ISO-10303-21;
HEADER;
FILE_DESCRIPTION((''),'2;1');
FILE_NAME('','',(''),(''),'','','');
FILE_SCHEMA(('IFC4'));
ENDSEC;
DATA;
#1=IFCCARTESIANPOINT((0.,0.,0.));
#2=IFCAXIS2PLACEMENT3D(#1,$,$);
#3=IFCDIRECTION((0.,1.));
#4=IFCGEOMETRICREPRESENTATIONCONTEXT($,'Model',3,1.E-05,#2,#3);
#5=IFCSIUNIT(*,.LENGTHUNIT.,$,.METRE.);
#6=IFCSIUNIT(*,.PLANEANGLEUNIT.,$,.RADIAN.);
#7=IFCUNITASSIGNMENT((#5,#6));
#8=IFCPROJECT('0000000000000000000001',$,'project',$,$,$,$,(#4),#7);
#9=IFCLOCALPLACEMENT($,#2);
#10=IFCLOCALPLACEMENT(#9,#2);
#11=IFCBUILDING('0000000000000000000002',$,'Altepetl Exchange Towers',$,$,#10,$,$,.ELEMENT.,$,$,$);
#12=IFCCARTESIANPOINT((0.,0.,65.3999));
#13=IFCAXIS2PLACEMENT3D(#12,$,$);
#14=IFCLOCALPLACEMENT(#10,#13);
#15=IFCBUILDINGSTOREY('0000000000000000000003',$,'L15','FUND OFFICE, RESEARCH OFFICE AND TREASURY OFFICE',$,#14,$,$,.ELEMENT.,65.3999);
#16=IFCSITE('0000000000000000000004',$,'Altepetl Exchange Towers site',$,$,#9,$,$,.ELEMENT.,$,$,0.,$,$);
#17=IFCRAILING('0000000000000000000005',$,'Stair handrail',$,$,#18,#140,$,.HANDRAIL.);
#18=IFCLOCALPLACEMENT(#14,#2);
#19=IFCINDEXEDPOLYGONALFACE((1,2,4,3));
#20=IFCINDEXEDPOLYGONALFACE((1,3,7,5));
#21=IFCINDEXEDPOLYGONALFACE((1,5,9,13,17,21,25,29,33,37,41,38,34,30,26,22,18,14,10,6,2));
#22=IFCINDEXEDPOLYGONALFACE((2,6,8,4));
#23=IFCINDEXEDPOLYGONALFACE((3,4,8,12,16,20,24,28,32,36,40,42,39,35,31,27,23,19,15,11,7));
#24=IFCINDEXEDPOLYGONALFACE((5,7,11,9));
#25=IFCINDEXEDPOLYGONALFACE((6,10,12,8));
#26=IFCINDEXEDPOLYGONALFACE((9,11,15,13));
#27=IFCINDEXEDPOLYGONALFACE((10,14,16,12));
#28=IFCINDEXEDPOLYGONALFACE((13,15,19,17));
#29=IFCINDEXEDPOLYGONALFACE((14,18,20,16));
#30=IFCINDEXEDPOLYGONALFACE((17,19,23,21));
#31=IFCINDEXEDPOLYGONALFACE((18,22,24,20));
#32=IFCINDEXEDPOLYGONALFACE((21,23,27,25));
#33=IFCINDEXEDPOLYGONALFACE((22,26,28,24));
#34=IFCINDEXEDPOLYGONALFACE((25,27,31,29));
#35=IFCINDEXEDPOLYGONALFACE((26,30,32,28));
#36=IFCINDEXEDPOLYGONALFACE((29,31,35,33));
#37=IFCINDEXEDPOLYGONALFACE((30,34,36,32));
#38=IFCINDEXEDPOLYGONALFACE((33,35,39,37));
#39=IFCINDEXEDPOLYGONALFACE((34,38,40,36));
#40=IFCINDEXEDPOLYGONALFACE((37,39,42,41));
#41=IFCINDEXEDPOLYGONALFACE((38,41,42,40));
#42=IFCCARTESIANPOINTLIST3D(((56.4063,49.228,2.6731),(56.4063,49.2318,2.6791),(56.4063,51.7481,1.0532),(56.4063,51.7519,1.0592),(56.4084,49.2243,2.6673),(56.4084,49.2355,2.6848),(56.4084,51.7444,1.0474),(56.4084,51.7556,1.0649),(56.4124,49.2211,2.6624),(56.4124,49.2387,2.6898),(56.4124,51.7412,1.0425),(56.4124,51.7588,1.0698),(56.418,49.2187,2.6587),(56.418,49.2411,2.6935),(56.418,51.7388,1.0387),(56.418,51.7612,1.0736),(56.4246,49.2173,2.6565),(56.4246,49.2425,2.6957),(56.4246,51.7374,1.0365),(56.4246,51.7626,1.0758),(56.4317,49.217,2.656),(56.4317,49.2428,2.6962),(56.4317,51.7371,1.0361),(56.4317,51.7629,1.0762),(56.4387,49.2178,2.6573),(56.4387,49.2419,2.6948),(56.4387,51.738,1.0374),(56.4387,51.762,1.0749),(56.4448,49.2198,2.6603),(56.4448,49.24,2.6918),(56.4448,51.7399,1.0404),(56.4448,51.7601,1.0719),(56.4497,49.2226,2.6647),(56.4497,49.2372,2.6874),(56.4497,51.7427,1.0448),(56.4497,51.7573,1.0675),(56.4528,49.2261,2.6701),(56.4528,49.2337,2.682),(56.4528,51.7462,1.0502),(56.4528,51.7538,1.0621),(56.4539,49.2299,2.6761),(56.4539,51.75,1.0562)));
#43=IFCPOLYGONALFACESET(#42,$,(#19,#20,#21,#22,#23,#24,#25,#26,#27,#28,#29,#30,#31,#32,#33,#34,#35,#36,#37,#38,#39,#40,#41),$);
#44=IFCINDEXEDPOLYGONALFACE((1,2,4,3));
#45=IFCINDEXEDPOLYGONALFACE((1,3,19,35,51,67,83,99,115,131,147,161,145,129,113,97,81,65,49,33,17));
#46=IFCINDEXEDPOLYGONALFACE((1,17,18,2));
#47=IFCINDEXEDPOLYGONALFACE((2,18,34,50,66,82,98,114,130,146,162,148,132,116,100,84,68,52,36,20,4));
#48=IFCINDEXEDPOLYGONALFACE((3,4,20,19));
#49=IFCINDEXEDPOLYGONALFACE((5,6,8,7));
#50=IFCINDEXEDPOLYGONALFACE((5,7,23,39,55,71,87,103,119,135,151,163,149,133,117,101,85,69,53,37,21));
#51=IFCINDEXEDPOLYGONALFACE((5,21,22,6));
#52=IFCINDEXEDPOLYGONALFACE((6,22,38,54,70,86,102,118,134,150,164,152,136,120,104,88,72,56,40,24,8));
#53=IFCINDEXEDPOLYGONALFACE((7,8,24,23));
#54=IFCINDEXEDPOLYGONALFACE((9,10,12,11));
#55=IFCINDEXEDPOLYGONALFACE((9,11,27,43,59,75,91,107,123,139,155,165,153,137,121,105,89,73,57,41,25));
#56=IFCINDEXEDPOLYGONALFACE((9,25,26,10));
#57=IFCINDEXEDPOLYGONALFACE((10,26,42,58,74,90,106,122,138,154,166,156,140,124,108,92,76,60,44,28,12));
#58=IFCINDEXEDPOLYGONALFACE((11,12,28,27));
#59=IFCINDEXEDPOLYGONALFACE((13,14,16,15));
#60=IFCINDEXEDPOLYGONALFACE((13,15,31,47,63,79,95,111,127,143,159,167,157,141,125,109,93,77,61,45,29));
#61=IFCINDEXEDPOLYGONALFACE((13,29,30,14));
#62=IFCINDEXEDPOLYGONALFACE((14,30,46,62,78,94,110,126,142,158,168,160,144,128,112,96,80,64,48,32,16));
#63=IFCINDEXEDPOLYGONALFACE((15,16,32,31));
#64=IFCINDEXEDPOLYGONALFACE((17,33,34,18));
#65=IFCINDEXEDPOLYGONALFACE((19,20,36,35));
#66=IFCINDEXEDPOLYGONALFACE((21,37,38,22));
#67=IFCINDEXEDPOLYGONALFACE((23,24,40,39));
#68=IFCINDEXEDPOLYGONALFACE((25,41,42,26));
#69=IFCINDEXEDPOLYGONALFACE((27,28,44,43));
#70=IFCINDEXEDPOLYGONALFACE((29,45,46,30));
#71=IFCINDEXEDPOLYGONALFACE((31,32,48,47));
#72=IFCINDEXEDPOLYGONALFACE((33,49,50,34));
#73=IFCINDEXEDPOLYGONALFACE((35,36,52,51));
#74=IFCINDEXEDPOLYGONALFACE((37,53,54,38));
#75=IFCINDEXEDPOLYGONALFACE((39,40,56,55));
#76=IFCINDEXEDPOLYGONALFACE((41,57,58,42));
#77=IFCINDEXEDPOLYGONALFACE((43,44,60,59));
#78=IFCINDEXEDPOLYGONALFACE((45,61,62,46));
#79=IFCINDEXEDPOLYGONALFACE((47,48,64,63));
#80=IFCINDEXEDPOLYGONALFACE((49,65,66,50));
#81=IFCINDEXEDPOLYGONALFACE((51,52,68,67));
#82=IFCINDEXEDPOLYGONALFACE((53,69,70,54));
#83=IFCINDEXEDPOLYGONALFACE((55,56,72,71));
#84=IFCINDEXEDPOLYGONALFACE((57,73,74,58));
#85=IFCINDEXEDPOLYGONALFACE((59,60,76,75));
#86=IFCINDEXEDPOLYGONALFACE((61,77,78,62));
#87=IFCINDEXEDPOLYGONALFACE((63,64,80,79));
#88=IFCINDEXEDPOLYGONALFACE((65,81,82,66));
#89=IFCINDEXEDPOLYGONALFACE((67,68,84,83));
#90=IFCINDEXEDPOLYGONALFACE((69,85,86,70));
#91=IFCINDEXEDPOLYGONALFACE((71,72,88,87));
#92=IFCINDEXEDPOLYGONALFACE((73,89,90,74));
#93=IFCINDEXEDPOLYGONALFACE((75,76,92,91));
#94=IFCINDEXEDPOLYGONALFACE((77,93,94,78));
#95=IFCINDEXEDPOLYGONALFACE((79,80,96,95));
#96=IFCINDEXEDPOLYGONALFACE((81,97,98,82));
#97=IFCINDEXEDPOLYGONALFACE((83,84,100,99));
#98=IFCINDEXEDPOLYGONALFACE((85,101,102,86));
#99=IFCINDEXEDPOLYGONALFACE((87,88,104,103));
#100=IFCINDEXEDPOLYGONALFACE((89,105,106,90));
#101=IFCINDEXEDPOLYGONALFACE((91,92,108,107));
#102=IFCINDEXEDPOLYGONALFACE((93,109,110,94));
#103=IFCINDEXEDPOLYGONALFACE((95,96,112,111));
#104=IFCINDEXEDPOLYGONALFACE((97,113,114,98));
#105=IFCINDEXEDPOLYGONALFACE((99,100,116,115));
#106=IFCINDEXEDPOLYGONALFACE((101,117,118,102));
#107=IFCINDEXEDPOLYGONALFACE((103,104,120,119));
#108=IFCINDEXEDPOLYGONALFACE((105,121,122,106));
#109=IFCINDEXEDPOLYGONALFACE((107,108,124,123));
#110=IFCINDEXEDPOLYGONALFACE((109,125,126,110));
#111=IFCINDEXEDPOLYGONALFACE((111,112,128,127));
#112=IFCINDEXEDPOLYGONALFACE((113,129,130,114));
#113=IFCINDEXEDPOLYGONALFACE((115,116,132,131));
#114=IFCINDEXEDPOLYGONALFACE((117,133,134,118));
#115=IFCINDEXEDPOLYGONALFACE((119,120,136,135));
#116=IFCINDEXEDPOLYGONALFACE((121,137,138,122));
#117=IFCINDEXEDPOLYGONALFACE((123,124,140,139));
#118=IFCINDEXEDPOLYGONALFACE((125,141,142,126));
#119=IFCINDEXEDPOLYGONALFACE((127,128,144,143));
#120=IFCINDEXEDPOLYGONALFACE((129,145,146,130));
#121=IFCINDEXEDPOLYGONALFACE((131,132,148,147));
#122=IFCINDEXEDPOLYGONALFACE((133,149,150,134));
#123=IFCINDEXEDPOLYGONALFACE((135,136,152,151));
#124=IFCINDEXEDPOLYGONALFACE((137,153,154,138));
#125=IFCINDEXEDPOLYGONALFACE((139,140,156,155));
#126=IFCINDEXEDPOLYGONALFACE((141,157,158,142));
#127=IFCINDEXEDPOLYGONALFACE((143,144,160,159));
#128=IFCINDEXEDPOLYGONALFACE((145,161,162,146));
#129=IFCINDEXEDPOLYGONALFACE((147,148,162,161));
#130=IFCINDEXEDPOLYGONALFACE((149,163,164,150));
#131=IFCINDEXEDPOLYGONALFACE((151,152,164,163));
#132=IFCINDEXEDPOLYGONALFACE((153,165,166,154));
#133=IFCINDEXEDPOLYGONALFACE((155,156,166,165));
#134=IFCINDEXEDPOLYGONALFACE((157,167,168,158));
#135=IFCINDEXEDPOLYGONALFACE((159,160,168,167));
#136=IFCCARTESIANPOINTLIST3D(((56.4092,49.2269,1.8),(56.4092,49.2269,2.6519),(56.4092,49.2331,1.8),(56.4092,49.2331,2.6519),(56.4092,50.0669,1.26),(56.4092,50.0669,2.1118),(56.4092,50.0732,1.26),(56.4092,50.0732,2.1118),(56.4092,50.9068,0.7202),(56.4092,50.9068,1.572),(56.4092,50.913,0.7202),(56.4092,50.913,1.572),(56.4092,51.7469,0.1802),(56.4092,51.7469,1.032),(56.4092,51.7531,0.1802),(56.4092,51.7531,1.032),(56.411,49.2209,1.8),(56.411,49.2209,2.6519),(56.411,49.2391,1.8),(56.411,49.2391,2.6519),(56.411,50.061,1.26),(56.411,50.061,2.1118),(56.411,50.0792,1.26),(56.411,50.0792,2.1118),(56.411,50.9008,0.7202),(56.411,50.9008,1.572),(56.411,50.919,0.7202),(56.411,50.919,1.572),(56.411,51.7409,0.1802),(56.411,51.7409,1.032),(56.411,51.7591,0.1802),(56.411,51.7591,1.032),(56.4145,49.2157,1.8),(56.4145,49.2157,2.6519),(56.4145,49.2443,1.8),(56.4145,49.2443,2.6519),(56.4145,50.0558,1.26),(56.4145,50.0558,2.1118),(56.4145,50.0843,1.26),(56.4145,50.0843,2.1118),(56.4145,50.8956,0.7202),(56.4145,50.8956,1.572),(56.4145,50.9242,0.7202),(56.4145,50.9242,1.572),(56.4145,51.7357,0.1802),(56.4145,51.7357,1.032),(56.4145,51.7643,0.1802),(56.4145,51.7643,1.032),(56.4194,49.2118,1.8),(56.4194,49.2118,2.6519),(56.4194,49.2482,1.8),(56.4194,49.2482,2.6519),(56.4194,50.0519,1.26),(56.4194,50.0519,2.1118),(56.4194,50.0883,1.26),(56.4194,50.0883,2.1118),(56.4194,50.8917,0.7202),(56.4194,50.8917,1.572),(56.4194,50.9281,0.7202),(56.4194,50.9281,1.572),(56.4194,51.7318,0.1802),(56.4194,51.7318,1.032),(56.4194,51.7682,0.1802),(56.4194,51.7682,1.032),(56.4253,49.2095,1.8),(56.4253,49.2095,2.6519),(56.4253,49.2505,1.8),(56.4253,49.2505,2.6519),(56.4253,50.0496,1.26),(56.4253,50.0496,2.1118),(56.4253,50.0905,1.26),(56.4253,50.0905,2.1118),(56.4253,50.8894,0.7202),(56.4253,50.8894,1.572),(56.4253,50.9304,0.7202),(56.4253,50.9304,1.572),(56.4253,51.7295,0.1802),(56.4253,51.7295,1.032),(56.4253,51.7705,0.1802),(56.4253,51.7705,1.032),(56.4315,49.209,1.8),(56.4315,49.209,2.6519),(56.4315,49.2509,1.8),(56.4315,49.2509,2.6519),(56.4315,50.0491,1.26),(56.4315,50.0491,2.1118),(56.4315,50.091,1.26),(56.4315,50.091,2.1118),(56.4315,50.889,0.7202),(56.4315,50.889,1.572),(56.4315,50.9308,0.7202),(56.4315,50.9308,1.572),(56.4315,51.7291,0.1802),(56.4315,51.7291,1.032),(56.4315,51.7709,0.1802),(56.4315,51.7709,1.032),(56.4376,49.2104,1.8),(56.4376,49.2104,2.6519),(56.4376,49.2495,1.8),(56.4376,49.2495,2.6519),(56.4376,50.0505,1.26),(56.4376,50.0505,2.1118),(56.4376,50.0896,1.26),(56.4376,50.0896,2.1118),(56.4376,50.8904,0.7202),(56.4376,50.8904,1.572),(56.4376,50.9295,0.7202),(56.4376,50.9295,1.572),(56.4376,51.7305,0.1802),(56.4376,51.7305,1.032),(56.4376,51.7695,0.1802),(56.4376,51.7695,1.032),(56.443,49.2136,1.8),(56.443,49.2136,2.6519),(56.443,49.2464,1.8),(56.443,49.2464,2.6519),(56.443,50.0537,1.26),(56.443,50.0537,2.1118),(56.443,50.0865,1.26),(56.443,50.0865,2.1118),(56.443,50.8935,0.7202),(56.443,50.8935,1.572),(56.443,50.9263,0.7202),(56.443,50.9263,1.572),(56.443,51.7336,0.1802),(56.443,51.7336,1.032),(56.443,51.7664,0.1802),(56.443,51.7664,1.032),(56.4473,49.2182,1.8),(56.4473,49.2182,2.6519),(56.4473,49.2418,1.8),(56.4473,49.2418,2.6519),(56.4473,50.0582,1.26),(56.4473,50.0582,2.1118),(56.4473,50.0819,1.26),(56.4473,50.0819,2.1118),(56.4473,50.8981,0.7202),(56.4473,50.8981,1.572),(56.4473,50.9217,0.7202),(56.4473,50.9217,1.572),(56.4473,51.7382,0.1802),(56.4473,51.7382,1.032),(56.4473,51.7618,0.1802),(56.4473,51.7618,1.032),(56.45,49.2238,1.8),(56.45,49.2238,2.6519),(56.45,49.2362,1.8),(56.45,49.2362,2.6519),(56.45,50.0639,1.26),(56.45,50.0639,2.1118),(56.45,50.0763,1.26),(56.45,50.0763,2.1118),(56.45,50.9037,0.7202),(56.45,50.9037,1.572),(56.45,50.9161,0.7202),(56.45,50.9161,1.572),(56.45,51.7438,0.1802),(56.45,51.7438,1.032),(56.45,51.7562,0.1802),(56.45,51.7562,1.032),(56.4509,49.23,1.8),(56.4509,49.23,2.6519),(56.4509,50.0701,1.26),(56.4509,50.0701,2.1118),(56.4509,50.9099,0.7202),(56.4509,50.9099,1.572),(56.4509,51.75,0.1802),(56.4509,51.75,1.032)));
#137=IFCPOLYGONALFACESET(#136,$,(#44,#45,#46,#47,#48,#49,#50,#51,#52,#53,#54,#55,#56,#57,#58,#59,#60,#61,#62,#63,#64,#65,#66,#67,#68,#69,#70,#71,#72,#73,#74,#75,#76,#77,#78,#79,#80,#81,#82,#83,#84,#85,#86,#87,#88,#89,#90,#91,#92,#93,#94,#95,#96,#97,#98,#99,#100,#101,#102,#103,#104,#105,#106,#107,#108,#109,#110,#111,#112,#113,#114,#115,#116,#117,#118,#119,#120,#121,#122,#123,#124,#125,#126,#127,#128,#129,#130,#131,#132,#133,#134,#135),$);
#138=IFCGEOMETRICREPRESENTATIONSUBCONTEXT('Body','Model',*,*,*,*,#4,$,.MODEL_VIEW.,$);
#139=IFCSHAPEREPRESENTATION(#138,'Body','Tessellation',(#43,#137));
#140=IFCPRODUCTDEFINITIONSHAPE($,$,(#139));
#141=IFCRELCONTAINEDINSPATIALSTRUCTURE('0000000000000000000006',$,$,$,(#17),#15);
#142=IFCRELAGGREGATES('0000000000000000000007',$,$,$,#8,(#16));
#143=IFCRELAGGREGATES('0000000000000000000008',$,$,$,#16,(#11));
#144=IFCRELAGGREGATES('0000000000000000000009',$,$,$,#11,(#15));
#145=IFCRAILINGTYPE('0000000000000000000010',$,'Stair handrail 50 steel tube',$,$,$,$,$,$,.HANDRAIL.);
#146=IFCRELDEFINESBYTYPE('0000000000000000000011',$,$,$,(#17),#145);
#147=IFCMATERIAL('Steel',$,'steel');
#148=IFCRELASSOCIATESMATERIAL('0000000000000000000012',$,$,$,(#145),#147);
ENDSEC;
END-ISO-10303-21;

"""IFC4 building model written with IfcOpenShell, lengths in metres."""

from ifc_helpers import new_model, si_unit, direction, frame, origin, origin_2d, place, context, subcontext, project, spatial, circle, extrude, source, transform, mapped, material, type_object, element, save


model = new_model("IFC4")

# Units and contexts
model_context = context("Model", 3, precision=1e-05, world=origin(), true_north=direction((0.0, 1.0)))
body_context = subcontext(model_context, "Body", "Model", "MODEL_VIEW")
ifc_project = project(units=[si_unit("LENGTHUNIT", "METRE"), si_unit("PLANEANGLEUNIT", "RADIAN")], contexts=[model_context])

# Site, building, storey
site_placement = place(None, origin())
site = spatial("IfcSite", under=ifc_project, at=site_placement, Name="Altepetl Exchange Towers site", CompositionType="ELEMENT", RefElevation=0.0)
building_placement = place(site_placement, origin())
building = spatial("IfcBuilding", under=site, at=building_placement, Name="Altepetl Exchange Towers", CompositionType="ELEMENT")
storey_placement = place(building_placement, frame((0.0, 0.0, 65.3999)))
storey = spatial("IfcBuildingStorey", under=building, at=storey_placement, Name="L15", Description="FUND OFFICE, RESEARCH OFFICE AND TREASURY OFFICE", CompositionType="ELEMENT", Elevation=65.3999)

# Railing
ifc_material_1 = material(Name="Steel", Category="steel")
railing_type = type_object("IfcRailingType", Name="Stair handrail 50 steel tube", PredefinedType="HANDRAIL", material=ifc_material_1)
shared_shape = source(origin(), body_context, "Body", "SweptSolid", [
    extrude(circle(Radius=0.021, at=origin_2d()), origin(), (0.0, 0.0, 1.0), 0.8518),
])
railing_1_placement = place(storey_placement, frame((56.4299, 51.75, 0.1802)))
element("IfcRailing", 1, at=railing_1_placement, inside=storey, type_object=railing_type, Name="Stair handrail", PredefinedType="HANDRAIL", context=body_context, shape_type="SweptSolid", body=[
    extrude(circle(Radius=0.0239, at=origin_2d()), frame((0.0, 0.0, 0.876), z_axis=(0.0, -0.8412, 0.540725), x_axis=(1.0, 0.0, 0.0)), (0.0, 0.0, 1.0), 2.9958),
    mapped(shared_shape, transform((0.0, 0.0, 0.0))),
    mapped(shared_shape, transform((0.0, -0.8401, 0.54))),
    mapped(shared_shape, transform((0.0, -1.6799, 1.0798))),
    mapped(shared_shape, transform((0.0, -2.52, 1.6199))),
])

save(model, "model.ifc")
